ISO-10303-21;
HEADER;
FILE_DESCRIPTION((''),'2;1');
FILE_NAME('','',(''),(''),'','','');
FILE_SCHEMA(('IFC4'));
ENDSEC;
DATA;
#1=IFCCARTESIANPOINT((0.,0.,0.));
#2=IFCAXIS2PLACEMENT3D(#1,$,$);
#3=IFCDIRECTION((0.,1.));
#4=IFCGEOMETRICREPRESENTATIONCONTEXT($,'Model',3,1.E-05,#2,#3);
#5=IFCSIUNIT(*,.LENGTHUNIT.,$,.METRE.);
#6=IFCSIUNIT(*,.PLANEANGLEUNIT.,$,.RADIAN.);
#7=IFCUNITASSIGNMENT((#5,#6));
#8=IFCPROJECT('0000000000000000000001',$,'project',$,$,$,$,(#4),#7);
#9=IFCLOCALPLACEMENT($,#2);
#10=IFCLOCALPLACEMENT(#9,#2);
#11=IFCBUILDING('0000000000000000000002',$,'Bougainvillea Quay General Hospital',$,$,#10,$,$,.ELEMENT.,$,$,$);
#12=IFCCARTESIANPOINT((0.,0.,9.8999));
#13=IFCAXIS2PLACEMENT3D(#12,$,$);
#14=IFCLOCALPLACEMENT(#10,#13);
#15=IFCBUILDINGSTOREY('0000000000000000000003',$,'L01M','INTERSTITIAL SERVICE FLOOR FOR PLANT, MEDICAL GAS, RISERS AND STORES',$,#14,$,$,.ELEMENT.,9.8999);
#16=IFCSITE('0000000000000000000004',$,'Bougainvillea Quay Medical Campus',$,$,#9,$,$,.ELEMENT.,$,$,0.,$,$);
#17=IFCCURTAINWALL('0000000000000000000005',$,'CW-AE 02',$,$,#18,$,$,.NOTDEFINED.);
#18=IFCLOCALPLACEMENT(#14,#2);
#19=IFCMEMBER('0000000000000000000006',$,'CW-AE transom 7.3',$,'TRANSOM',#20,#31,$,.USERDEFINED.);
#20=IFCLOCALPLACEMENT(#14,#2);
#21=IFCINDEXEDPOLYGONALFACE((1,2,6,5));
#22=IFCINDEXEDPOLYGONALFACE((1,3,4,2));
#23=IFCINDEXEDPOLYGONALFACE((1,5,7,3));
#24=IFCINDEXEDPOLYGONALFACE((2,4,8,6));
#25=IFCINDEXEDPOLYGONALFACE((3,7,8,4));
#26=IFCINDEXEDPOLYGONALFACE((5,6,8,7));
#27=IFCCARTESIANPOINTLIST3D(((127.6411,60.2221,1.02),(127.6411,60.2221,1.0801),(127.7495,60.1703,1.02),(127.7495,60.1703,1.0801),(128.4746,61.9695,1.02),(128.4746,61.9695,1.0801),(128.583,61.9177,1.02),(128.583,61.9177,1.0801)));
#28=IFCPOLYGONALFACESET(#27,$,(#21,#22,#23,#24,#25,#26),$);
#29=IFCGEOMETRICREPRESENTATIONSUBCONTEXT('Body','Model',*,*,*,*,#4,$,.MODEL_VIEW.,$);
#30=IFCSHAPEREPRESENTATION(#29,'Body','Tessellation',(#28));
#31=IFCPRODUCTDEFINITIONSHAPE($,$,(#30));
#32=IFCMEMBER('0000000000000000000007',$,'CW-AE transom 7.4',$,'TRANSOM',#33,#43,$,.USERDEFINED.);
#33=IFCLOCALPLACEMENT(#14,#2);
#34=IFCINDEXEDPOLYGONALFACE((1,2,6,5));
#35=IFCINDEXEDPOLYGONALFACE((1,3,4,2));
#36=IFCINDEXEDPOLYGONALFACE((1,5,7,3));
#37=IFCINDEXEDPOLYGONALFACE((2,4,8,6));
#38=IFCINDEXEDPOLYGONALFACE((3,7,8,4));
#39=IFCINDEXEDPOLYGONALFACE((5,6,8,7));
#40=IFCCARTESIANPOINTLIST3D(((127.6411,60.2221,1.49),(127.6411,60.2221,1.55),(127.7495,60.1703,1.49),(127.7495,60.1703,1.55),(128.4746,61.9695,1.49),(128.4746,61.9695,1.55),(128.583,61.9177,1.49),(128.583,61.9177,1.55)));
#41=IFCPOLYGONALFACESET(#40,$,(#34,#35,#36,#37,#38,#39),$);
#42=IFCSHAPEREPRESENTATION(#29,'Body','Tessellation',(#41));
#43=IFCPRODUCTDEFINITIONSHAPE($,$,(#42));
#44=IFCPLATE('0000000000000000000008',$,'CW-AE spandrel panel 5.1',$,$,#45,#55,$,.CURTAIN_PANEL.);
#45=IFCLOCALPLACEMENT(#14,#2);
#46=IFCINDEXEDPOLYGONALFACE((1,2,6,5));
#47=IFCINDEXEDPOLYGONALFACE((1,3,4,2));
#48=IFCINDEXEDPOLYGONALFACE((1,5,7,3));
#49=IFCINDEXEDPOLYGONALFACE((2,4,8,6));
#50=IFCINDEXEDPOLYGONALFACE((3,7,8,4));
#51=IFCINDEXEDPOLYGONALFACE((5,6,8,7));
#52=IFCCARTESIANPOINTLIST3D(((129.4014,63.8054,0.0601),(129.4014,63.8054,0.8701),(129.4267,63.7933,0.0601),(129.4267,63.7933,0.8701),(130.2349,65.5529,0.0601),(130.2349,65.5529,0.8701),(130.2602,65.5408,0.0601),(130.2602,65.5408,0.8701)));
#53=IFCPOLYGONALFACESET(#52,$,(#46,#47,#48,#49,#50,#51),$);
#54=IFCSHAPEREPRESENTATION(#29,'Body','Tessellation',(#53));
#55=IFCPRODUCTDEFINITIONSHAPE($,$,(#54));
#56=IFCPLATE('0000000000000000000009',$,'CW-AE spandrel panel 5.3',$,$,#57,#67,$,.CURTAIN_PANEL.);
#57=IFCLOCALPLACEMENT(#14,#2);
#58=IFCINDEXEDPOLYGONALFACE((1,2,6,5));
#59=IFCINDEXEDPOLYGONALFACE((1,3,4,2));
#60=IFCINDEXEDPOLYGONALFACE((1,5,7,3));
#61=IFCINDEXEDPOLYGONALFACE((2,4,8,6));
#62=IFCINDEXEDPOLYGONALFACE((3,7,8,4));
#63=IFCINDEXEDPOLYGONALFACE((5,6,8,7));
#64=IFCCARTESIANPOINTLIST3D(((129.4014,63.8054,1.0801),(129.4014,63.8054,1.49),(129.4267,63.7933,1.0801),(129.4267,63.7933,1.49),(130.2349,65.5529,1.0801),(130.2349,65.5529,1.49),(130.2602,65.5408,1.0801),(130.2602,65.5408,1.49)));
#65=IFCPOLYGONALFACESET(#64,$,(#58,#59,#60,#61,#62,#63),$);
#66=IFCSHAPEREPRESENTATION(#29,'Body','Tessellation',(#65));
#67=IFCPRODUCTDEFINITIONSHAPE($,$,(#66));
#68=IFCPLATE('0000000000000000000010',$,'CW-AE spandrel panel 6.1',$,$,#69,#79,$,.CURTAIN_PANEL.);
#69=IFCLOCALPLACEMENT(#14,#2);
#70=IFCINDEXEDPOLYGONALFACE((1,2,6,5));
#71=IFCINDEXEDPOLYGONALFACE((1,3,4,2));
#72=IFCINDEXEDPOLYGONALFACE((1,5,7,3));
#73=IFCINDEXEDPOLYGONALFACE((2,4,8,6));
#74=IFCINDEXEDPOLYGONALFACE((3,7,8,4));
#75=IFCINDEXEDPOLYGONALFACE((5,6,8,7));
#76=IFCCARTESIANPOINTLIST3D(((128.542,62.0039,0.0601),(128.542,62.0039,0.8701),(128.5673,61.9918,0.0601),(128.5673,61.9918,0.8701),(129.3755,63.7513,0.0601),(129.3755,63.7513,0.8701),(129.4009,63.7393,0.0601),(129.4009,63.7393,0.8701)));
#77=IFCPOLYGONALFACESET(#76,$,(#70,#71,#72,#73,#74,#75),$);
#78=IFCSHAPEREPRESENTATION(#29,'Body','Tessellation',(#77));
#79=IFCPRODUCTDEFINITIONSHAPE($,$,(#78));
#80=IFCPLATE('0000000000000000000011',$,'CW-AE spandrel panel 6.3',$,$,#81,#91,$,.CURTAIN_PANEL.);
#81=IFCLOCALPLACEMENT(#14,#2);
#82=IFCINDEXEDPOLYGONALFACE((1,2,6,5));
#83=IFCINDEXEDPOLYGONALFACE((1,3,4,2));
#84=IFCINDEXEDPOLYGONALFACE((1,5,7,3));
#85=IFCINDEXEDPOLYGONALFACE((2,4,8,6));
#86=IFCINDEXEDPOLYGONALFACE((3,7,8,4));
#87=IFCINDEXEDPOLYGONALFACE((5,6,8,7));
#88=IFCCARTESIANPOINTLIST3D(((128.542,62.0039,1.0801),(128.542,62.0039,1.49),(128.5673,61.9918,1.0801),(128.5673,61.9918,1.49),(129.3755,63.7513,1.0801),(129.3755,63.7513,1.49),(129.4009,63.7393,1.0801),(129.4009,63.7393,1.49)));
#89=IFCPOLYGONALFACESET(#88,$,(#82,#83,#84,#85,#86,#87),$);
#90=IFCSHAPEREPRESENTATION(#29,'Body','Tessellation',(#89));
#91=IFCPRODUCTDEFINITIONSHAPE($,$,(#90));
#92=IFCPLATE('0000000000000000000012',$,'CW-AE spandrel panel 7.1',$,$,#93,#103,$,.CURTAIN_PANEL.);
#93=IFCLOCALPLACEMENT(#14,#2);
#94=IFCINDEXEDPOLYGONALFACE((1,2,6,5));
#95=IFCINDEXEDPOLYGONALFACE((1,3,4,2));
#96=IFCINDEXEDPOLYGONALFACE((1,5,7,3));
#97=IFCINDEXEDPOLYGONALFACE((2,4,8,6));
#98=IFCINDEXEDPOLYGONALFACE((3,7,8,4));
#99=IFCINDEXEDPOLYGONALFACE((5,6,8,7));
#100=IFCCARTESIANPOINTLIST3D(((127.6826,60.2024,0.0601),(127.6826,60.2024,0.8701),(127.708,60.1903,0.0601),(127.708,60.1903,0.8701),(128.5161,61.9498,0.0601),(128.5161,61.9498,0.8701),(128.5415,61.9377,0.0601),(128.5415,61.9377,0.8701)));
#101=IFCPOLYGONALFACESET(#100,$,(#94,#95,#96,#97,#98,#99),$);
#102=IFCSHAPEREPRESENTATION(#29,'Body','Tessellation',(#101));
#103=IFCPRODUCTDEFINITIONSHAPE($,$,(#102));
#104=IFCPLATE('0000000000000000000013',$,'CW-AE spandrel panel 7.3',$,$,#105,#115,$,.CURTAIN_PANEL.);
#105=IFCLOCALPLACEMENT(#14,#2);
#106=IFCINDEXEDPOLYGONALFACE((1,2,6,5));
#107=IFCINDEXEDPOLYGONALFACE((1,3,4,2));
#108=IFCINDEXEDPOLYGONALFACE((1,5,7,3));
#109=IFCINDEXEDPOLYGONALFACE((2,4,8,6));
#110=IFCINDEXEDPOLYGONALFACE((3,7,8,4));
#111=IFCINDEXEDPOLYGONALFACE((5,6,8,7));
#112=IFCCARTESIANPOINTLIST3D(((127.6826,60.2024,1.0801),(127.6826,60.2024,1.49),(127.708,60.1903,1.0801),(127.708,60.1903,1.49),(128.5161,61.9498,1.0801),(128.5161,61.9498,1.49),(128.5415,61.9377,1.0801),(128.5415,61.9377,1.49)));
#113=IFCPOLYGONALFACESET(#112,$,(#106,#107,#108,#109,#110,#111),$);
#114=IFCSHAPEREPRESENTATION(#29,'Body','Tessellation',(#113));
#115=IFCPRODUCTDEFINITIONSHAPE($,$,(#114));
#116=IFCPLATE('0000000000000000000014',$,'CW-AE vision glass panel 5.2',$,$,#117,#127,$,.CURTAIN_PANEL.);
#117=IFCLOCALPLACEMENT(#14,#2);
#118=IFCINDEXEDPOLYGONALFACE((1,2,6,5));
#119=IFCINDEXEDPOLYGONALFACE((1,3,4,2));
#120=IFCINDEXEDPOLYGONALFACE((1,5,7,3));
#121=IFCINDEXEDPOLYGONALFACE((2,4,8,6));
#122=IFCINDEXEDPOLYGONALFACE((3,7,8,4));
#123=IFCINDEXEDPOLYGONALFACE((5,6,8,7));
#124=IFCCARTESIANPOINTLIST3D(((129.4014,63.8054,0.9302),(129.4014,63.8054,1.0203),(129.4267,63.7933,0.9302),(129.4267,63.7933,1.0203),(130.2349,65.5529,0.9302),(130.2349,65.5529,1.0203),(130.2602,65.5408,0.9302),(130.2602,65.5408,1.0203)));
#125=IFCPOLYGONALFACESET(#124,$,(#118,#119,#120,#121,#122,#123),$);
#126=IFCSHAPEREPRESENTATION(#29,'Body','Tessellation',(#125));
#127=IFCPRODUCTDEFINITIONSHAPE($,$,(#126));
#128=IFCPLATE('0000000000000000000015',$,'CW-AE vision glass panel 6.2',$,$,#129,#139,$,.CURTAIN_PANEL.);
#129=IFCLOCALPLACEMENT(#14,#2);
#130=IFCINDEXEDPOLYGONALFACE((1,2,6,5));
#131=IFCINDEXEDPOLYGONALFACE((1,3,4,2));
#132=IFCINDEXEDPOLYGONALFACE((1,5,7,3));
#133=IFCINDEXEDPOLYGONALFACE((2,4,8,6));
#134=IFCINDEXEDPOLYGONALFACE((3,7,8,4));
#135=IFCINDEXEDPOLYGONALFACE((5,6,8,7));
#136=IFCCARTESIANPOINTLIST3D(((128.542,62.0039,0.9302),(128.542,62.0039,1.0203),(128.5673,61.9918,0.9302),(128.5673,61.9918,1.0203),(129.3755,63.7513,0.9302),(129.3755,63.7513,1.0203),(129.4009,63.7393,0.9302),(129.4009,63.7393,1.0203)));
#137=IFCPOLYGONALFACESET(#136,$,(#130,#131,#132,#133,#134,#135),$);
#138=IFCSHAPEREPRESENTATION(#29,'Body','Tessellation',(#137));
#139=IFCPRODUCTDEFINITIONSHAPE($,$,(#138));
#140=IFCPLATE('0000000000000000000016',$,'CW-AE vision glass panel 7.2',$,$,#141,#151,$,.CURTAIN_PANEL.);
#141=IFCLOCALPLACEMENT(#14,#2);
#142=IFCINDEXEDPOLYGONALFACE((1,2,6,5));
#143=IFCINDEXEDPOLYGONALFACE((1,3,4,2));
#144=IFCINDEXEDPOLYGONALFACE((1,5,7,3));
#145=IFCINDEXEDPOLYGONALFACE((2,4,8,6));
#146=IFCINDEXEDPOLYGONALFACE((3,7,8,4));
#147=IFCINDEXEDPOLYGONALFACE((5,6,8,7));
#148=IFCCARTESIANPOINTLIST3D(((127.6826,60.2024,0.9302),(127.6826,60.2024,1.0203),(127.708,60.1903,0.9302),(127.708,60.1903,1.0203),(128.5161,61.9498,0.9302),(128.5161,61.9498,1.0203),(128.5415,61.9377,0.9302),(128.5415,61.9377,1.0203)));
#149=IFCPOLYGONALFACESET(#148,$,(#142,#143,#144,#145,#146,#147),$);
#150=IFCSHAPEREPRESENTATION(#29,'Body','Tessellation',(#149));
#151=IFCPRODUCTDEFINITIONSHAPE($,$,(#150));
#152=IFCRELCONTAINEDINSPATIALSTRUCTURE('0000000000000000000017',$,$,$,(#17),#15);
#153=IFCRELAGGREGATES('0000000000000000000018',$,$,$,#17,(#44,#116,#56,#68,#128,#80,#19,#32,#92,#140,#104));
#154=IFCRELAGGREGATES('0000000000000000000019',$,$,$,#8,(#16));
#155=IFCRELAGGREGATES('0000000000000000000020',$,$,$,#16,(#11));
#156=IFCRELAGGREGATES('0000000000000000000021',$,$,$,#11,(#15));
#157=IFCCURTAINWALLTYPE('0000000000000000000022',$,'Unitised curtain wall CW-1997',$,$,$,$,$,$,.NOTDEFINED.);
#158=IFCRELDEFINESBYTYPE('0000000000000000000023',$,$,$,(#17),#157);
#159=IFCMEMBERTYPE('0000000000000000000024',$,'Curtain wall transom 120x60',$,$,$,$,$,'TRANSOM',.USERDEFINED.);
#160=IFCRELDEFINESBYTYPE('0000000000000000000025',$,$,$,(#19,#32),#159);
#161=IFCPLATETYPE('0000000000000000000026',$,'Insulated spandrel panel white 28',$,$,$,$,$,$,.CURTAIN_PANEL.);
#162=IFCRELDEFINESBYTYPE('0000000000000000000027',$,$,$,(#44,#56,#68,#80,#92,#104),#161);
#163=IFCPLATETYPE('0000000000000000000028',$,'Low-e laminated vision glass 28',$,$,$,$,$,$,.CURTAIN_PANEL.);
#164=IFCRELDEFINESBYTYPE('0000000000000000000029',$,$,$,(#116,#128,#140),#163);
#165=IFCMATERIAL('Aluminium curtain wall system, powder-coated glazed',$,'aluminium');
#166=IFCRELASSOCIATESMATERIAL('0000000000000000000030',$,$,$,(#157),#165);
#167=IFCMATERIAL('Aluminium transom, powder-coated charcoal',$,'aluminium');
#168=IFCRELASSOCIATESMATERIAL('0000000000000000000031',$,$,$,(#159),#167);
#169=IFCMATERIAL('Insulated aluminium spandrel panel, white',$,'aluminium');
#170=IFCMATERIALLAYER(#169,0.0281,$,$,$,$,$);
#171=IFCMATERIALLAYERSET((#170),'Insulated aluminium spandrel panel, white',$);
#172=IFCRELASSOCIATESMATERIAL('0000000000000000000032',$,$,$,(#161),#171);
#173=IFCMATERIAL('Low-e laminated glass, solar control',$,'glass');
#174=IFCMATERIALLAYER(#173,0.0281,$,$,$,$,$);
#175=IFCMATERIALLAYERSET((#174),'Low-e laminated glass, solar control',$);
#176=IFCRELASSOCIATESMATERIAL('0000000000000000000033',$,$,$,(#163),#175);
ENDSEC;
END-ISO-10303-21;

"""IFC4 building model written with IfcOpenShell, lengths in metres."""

from ifc_helpers import new_model, si_unit, direction, frame, origin, origin_2d, place, context, subcontext, project, spatial, rectangle, extrude, material, layer, layer_set, material_profile, profile_set, type_object, element, aggregate, save


model = new_model("IFC4")

# Units and contexts
model_context = context("Model", 3, precision=1e-05, world=origin(), true_north=direction((0.0, 1.0)))
body_context = subcontext(model_context, "Body", "Model", "MODEL_VIEW")
ifc_project = project(units=[si_unit("LENGTHUNIT", "METRE"), si_unit("PLANEANGLEUNIT", "RADIAN")], contexts=[model_context])

# Site, building, storey
site_placement = place(None, origin())
site = spatial("IfcSite", under=ifc_project, at=site_placement, Name="Bougainvillea Quay Medical Campus", CompositionType="ELEMENT", RefElevation=0.0)
building_placement = place(site_placement, origin())
building = spatial("IfcBuilding", under=site, at=building_placement, Name="Bougainvillea Quay General Hospital", CompositionType="ELEMENT")
storey_placement = place(building_placement, frame((0.0, 0.0, 9.8999)))
storey = spatial("IfcBuildingStorey", under=building, at=storey_placement, Name="L01M", Description="INTERSTITIAL SERVICE FLOOR FOR PLANT, MEDICAL GAS, RISERS AND STORES", CompositionType="ELEMENT", Elevation=9.8999)

# Curtain wall, members, plates
ifc_material_1 = material(Name="Aluminium curtain wall system, powder-coated glazed", Category="aluminium")
curtain_wall_type = type_object("IfcCurtainWallType", Name="Unitised curtain wall CW-1997", PredefinedType="NOTDEFINED", material=ifc_material_1)
curtain_wall_placement = place(storey_placement, origin())
curtain_wall = element("IfcCurtainWall", 1, at=curtain_wall_placement, inside=storey, type_object=curtain_wall_type, Name="CW-AE 02", PredefinedType="NOTDEFINED")
ifc_material_2 = material(Name="Aluminium transom, powder-coated charcoal", Category="aluminium")
ifc_material_profile_1 = material_profile(ifc_material_2, rectangle(XDim=0.1201, YDim=0.0601, at=origin_2d()))
ifc_profile_set_1 = profile_set([ifc_material_profile_1], Name="Aluminium transom, powder-coated charcoal")
member_type_1 = type_object("IfcMemberType", Name="Curtain wall transom 120x60", ElementType="TRANSOM", PredefinedType="USERDEFINED", material=ifc_profile_set_1)
member_1_placement = place(storey_placement, frame((128.5288, 61.9436, 1.05), z_axis=(-0.43054, -0.902571, 0.0), x_axis=(0.902571, -0.43054, 0.0)))
member_1 = element("IfcMember", 2, at=member_1_placement, type_object=member_type_1, Name="CW-AE transom 7.3", ObjectType="TRANSOM", PredefinedType="USERDEFINED", context=body_context, shape_type="SweptSolid", body=[
    extrude(rectangle(XDim=0.1201, YDim=0.0601, at=origin_2d()), origin(), (0.0, 0.0, 1.0), 1.936),
])
member_2_placement = place(storey_placement, frame((128.5288, 61.9436, 1.52), z_axis=(-0.43054, -0.902571, 0.0), x_axis=(0.902571, -0.43054, 0.0)))
member_2 = element("IfcMember", 3, at=member_2_placement, type_object=member_type_1, Name="CW-AE transom 7.4", ObjectType="TRANSOM", PredefinedType="USERDEFINED", context=body_context, shape_type="SweptSolid", body=[
    extrude(rectangle(XDim=0.1201, YDim=0.0601, at=origin_2d()), origin(), (0.0, 0.0, 1.0), 1.936),
])
ifc_material_3 = material(Name="Insulated aluminium spandrel panel, white", Category="aluminium")
ifc_layer_1 = layer(ifc_material_3, 0.0281)
ifc_layer_set_1 = layer_set([ifc_layer_1], Name="Insulated aluminium spandrel panel, white")
plate_type_1 = type_object("IfcPlateType", Name="Insulated spandrel panel white 28", PredefinedType="CURTAIN_PANEL", material=ifc_layer_set_1)
plate_1_placement = place(storey_placement, frame((129.8308, 64.6731, 0.0601), z_axis=(0.0, 0.0, 1.0), x_axis=(-0.430525, -0.902578, 0.0)))
plate_1 = element("IfcPlate", 4, at=plate_1_placement, type_object=plate_type_1, Name="CW-AE spandrel panel 5.1", PredefinedType="CURTAIN_PANEL", context=body_context, shape_type="SweptSolid", body=[
    extrude(rectangle(XDim=1.936, YDim=0.0281, at=origin_2d()), origin(), (0.0, 0.0, 1.0), 0.8101),
])
plate_2_placement = place(storey_placement, frame((129.8308, 64.6731, 1.0801), z_axis=(0.0, 0.0, 1.0), x_axis=(-0.430525, -0.902578, 0.0)))
plate_2 = element("IfcPlate", 5, at=plate_2_placement, type_object=plate_type_1, Name="CW-AE spandrel panel 5.3", PredefinedType="CURTAIN_PANEL", context=body_context, shape_type="SweptSolid", body=[
    extrude(rectangle(XDim=1.936, YDim=0.0281, at=origin_2d()), origin(), (0.0, 0.0, 1.0), 0.4099),
])
plate_3_placement = place(storey_placement, frame((128.9714, 62.8716, 0.0601), z_axis=(0.0, 0.0, 1.0), x_axis=(-0.430525, -0.902578, 0.0)))
plate_3 = element("IfcPlate", 6, at=plate_3_placement, type_object=plate_type_1, Name="CW-AE spandrel panel 6.1", PredefinedType="CURTAIN_PANEL", context=body_context, shape_type="SweptSolid", body=[
    extrude(rectangle(XDim=1.936, YDim=0.0281, at=origin_2d()), origin(), (0.0, 0.0, 1.0), 0.8101),
])
plate_4_placement = place(storey_placement, frame((128.9714, 62.8716, 1.0801), z_axis=(0.0, 0.0, 1.0), x_axis=(-0.430525, -0.902578, 0.0)))
plate_4 = element("IfcPlate", 7, at=plate_4_placement, type_object=plate_type_1, Name="CW-AE spandrel panel 6.3", PredefinedType="CURTAIN_PANEL", context=body_context, shape_type="SweptSolid", body=[
    extrude(rectangle(XDim=1.936, YDim=0.0281, at=origin_2d()), origin(), (0.0, 0.0, 1.0), 0.4099),
])
plate_5_placement = place(storey_placement, frame((128.1121, 61.0701, 0.0601), z_axis=(0.0, 0.0, 1.0), x_axis=(-0.430525, -0.902578, 0.0)))
plate_5 = element("IfcPlate", 8, at=plate_5_placement, type_object=plate_type_1, Name="CW-AE spandrel panel 7.1", PredefinedType="CURTAIN_PANEL", context=body_context, shape_type="SweptSolid", body=[
    extrude(rectangle(XDim=1.936, YDim=0.0281, at=origin_2d()), origin(), (0.0, 0.0, 1.0), 0.8101),
])
plate_6_placement = place(storey_placement, frame((128.1121, 61.0701, 1.0801), z_axis=(0.0, 0.0, 1.0), x_axis=(-0.430525, -0.902578, 0.0)))
plate_6 = element("IfcPlate", 9, at=plate_6_placement, type_object=plate_type_1, Name="CW-AE spandrel panel 7.3", PredefinedType="CURTAIN_PANEL", context=body_context, shape_type="SweptSolid", body=[
    extrude(rectangle(XDim=1.936, YDim=0.0281, at=origin_2d()), origin(), (0.0, 0.0, 1.0), 0.4099),
])
ifc_material_4 = material(Name="Low-e laminated glass, solar control", Category="glass")
ifc_layer_2 = layer(ifc_material_4, 0.0281)
ifc_layer_set_2 = layer_set([ifc_layer_2], Name="Low-e laminated glass, solar control")
plate_type_2 = type_object("IfcPlateType", Name="Low-e laminated vision glass 28", PredefinedType="CURTAIN_PANEL", material=ifc_layer_set_2)
plate_7_placement = place(storey_placement, frame((129.8308, 64.6731, 0.9302), z_axis=(0.0, 0.0, 1.0), x_axis=(-0.430525, -0.902578, 0.0)))
plate_7 = element("IfcPlate", 10, at=plate_7_placement, type_object=plate_type_2, Name="CW-AE vision glass panel 5.2", PredefinedType="CURTAIN_PANEL", context=body_context, shape_type="SweptSolid", body=[
    extrude(rectangle(XDim=1.936, YDim=0.0281, at=origin_2d()), origin(), (0.0, 0.0, 1.0), 0.0901),
])
plate_8_placement = place(storey_placement, frame((128.9714, 62.8716, 0.9302), z_axis=(0.0, 0.0, 1.0), x_axis=(-0.430525, -0.902578, 0.0)))
plate_8 = element("IfcPlate", 11, at=plate_8_placement, type_object=plate_type_2, Name="CW-AE vision glass panel 6.2", PredefinedType="CURTAIN_PANEL", context=body_context, shape_type="SweptSolid", body=[
    extrude(rectangle(XDim=1.936, YDim=0.0281, at=origin_2d()), origin(), (0.0, 0.0, 1.0), 0.0901),
])
plate_9_placement = place(storey_placement, frame((128.1121, 61.0701, 0.9302), z_axis=(0.0, 0.0, 1.0), x_axis=(-0.430525, -0.902578, 0.0)))
plate_9 = element("IfcPlate", 12, at=plate_9_placement, type_object=plate_type_2, Name="CW-AE vision glass panel 7.2", PredefinedType="CURTAIN_PANEL", context=body_context, shape_type="SweptSolid", body=[
    extrude(rectangle(XDim=1.936, YDim=0.0281, at=origin_2d()), origin(), (0.0, 0.0, 1.0), 0.0901),
])
aggregate(curtain_wall, [plate_1, plate_7, plate_2, plate_3, plate_8, plate_4, member_1, member_2, plate_5, plate_9, plate_6])

save(model, "model.ifc")
